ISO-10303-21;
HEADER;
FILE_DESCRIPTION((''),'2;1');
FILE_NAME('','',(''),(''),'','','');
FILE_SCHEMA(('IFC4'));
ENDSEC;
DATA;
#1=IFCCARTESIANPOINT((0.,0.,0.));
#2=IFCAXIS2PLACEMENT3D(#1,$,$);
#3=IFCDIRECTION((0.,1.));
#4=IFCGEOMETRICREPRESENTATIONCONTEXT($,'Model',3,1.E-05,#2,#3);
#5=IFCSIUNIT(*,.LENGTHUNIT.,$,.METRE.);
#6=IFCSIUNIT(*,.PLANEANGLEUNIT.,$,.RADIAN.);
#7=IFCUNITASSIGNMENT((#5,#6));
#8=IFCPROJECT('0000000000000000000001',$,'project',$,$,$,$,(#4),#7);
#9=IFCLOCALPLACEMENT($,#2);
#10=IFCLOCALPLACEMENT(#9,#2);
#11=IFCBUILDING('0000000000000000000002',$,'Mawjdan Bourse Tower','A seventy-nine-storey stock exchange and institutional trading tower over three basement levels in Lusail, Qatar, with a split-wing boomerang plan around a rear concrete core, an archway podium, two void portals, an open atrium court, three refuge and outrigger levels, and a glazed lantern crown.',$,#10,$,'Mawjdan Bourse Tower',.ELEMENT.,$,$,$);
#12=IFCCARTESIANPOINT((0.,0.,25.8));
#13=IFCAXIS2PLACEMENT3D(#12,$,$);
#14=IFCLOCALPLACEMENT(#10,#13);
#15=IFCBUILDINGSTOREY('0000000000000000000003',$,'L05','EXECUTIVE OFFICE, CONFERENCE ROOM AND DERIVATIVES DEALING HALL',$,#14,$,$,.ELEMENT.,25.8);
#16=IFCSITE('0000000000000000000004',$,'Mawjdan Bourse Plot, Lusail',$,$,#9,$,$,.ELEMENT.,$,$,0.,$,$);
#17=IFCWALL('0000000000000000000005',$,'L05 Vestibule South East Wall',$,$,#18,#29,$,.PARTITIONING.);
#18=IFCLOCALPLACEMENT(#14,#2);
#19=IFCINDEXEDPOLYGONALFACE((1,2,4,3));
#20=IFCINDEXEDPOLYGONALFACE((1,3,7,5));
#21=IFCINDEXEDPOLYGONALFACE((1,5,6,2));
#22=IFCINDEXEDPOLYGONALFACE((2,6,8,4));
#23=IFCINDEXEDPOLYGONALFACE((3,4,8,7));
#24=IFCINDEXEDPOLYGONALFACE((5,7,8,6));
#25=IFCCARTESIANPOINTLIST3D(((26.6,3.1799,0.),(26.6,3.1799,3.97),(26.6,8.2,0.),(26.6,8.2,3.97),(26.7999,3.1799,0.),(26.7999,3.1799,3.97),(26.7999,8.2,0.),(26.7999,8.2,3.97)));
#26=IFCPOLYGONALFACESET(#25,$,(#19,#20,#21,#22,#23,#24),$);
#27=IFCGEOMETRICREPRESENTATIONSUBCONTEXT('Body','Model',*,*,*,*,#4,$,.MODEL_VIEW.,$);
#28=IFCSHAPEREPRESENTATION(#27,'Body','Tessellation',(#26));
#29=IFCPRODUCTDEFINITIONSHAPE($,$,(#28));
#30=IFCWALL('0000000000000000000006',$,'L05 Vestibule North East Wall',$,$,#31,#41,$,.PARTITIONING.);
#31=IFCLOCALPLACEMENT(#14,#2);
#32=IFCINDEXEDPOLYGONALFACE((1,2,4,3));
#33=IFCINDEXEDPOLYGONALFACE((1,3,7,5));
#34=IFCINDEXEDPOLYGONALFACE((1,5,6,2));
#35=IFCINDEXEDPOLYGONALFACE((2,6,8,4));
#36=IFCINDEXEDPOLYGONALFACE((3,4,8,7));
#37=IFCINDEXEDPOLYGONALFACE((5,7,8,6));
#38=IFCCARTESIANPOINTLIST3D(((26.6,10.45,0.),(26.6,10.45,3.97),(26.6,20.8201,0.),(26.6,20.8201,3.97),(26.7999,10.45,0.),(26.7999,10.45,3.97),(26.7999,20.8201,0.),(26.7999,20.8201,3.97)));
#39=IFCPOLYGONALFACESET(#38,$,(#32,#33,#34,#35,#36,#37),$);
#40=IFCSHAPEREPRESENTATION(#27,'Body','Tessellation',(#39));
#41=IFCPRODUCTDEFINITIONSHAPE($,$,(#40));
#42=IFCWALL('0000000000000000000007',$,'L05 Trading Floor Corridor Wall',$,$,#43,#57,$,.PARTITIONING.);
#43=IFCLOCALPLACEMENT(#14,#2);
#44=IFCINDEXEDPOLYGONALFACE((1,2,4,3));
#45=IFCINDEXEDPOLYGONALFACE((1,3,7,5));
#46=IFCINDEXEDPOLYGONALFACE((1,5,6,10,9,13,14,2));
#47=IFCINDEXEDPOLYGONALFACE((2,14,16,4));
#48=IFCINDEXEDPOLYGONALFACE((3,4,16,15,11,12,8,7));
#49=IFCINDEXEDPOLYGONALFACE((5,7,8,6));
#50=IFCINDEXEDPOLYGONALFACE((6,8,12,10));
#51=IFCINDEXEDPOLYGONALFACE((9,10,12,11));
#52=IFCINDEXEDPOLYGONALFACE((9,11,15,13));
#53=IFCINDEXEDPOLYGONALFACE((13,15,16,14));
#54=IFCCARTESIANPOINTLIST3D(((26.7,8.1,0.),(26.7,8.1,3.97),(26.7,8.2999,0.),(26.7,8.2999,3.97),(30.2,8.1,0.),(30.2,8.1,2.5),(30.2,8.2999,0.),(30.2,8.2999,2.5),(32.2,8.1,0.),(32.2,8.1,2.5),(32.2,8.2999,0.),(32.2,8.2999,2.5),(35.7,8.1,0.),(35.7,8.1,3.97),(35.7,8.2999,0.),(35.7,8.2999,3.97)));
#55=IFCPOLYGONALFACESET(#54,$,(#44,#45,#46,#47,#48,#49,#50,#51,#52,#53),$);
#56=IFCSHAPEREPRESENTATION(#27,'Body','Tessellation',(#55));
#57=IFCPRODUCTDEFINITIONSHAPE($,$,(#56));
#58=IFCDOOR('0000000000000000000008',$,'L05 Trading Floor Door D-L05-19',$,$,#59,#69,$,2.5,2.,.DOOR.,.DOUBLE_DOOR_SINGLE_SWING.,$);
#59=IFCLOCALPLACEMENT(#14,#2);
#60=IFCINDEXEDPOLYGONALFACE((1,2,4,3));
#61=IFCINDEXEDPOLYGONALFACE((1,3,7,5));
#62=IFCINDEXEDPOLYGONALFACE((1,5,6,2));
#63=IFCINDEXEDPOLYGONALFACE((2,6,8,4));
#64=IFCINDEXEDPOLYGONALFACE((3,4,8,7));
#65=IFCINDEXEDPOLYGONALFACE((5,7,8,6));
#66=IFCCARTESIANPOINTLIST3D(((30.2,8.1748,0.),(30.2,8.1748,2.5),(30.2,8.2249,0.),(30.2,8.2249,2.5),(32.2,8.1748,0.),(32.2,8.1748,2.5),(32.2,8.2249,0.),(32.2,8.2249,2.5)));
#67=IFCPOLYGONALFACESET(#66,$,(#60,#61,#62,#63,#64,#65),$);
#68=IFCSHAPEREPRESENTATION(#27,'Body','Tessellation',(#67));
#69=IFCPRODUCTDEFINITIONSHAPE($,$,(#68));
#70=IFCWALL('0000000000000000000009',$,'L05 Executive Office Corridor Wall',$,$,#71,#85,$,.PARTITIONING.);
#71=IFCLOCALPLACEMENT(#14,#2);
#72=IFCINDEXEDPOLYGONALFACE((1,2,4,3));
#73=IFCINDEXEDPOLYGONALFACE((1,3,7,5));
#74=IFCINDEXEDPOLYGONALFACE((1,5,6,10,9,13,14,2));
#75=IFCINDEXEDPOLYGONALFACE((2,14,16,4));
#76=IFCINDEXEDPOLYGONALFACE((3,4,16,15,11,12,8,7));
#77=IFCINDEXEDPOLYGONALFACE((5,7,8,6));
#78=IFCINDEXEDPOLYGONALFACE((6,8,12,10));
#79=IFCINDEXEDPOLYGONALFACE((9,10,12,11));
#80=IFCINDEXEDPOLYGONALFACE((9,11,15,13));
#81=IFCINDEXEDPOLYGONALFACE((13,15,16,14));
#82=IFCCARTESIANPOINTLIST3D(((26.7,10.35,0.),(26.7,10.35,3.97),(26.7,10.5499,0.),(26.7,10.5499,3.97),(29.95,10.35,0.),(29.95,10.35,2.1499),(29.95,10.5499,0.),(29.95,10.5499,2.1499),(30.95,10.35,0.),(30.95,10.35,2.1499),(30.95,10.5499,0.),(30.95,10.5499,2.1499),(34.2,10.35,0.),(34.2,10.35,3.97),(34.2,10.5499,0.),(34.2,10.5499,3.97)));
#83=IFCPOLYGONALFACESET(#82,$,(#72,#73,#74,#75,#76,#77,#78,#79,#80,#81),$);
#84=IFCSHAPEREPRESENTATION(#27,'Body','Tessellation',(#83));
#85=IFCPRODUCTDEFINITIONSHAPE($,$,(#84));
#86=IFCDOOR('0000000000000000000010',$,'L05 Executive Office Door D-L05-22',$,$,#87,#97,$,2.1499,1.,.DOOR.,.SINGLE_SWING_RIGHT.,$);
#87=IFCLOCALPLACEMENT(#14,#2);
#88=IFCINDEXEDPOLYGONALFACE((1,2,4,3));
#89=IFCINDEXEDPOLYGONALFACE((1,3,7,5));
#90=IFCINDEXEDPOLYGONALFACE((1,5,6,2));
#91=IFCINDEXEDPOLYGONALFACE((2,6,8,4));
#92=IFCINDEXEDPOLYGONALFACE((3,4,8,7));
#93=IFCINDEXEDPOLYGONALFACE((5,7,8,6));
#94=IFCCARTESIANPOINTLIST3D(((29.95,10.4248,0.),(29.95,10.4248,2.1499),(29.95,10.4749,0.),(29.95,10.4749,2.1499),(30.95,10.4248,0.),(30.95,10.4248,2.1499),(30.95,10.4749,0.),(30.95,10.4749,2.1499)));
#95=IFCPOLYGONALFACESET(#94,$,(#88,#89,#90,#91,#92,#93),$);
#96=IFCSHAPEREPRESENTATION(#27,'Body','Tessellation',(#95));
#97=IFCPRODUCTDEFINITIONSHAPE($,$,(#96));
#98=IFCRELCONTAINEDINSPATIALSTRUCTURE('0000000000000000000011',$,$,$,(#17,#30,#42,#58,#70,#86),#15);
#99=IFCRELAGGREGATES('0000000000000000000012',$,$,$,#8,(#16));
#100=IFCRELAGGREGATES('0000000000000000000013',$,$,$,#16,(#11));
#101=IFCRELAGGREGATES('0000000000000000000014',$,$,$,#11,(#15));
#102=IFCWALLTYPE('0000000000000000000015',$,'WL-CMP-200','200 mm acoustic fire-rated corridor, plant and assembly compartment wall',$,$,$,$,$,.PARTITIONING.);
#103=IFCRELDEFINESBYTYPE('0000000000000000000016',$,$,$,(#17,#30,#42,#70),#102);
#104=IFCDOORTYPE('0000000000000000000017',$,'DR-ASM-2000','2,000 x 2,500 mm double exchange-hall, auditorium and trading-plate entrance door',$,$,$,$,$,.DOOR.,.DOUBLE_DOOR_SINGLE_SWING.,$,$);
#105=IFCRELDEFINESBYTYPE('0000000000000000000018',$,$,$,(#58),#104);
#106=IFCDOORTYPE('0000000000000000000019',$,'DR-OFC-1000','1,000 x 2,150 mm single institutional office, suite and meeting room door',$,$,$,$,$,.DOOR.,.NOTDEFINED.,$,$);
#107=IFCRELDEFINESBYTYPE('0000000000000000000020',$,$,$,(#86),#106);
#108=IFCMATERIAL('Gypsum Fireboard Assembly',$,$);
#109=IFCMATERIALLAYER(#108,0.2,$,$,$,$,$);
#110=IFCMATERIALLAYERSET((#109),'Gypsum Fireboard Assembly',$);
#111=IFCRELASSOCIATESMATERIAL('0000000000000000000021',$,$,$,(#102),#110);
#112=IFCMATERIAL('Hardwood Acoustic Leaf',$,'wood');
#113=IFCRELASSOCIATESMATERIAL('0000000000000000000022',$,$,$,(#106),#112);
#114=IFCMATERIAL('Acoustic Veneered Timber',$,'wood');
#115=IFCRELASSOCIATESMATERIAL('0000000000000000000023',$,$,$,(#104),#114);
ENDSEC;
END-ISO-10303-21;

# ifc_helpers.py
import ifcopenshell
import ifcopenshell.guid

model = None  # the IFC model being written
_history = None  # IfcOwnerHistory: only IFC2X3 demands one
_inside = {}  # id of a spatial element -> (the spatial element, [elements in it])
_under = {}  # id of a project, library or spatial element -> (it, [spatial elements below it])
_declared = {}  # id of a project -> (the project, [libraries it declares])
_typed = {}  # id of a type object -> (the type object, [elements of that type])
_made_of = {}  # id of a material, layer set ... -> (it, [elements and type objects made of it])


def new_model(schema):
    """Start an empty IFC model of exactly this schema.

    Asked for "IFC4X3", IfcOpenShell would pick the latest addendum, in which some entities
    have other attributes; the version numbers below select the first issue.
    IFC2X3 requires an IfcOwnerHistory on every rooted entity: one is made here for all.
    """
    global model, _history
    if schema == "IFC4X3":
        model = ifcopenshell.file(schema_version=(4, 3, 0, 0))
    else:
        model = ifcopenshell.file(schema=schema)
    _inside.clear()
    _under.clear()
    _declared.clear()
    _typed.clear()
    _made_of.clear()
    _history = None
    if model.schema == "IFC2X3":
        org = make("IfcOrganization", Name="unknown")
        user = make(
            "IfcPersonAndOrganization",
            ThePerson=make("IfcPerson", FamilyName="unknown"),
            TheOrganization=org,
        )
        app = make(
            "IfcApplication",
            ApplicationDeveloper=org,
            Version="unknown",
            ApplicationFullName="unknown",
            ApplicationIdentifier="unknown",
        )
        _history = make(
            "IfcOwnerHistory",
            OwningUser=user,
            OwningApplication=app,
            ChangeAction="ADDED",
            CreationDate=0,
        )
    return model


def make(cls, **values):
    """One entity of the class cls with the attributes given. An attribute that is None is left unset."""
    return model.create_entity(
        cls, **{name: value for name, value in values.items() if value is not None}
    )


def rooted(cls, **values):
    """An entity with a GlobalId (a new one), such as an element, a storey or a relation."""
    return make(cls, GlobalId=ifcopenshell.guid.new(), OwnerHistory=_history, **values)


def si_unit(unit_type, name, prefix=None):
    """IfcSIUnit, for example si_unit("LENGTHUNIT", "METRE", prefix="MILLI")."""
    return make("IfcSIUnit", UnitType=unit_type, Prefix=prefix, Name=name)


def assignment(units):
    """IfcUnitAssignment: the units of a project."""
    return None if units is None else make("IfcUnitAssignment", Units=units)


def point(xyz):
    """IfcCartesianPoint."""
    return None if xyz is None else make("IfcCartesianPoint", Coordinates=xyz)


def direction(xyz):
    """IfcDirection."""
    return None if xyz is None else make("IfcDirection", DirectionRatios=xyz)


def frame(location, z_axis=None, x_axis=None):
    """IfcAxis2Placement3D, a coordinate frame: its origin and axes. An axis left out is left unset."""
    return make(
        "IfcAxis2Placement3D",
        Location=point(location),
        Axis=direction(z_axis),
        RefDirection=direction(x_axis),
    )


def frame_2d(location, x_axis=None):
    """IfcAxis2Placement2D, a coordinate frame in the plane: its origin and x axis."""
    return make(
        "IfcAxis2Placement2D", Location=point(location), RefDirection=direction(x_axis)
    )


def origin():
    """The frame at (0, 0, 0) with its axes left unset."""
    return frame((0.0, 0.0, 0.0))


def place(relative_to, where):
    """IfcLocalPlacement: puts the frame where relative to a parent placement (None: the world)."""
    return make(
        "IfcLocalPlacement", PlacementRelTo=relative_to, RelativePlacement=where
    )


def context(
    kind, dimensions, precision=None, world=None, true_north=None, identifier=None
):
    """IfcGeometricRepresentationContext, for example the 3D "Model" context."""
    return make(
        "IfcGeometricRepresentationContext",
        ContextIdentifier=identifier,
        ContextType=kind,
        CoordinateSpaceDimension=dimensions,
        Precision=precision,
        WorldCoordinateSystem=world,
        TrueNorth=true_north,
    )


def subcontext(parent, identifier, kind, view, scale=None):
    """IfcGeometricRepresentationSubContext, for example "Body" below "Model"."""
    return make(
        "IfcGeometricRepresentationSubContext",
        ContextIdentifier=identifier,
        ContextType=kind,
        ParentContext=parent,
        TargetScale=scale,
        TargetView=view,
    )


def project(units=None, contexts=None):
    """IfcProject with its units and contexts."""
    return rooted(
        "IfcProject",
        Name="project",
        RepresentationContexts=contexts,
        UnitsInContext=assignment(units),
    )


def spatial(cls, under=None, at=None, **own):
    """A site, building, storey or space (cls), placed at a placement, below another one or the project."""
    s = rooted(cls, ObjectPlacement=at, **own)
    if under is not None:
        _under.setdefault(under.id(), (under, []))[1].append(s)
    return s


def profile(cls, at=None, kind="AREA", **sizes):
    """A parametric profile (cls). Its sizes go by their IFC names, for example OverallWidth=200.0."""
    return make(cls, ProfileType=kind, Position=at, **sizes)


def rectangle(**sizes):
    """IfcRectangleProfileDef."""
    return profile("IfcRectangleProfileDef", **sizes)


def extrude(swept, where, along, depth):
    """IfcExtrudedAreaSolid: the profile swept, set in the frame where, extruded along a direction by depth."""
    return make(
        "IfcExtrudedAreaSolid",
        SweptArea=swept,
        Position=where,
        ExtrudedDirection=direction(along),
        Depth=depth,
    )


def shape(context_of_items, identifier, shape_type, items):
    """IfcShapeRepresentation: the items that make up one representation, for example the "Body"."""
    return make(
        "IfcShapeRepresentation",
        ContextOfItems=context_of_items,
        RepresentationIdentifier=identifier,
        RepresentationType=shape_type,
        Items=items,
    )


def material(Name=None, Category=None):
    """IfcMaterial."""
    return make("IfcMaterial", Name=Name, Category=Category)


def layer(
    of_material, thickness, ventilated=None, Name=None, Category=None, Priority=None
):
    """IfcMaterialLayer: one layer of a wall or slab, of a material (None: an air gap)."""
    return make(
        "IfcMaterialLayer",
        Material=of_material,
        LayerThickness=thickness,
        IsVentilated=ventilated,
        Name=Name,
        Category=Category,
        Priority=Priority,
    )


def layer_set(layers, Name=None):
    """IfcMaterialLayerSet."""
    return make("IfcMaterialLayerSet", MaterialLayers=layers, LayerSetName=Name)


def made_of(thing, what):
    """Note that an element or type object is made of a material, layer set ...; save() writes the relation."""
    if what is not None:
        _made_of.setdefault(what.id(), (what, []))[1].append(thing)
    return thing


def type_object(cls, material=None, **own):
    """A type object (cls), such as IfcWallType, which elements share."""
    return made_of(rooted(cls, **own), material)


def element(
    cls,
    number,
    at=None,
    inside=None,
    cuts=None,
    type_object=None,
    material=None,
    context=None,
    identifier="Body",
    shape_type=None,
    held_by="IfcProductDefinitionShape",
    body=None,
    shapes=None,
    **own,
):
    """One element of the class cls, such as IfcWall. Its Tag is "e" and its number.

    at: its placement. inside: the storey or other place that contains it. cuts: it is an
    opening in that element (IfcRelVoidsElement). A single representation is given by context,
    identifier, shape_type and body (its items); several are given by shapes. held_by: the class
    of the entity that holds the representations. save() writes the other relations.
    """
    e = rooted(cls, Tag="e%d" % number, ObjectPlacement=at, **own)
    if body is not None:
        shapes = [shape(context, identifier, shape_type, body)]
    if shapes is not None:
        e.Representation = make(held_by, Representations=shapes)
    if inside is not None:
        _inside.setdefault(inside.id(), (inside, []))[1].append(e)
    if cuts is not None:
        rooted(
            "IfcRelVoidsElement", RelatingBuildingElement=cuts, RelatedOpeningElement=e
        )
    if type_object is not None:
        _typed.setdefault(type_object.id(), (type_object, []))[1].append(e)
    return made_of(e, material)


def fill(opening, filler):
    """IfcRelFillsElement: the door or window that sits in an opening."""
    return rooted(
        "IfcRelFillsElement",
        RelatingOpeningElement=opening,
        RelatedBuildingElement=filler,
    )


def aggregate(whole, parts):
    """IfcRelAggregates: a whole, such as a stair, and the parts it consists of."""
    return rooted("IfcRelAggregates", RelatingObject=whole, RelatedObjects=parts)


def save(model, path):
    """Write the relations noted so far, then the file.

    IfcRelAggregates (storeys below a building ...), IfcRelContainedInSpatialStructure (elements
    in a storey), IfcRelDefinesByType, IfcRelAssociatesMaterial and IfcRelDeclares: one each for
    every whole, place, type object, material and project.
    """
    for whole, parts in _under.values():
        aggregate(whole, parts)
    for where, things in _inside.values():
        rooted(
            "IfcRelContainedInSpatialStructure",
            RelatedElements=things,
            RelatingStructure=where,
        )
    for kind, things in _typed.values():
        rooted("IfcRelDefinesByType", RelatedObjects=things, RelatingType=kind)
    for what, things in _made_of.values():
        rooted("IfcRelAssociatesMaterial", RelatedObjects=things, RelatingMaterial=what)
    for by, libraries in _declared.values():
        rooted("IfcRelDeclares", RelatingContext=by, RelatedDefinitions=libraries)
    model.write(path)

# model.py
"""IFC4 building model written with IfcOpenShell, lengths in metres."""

from ifc_helpers import new_model, si_unit, direction, frame, frame_2d, origin, place, context, subcontext, project, spatial, rectangle, extrude, material, layer, layer_set, type_object, element, fill, save


model = new_model("IFC4")

# Units and contexts
model_context = context("Model", 3, precision=1e-05, world=origin(), true_north=direction((0.0, 1.0)))
body_context = subcontext(model_context, "Body", "Model", "MODEL_VIEW")
ifc_project = project(units=[si_unit("LENGTHUNIT", "METRE"), si_unit("PLANEANGLEUNIT", "RADIAN")], contexts=[model_context])

# Site, building, storey
site_placement = place(None, origin())
site = spatial("IfcSite", under=ifc_project, at=site_placement, Name="Mawjdan Bourse Plot, Lusail", CompositionType="ELEMENT", RefElevation=0.0)
building_placement = place(site_placement, origin())
building = spatial("IfcBuilding", under=site, at=building_placement, Name="Mawjdan Bourse Tower", Description="A seventy-nine-storey stock exchange and institutional trading tower over three basement levels in Lusail, Qatar, with a split-wing boomerang plan around a rear concrete core, an archway podium, two void portals, an open atrium court, three refuge and outrigger levels, and a glazed lantern crown.", LongName="Mawjdan Bourse Tower", CompositionType="ELEMENT")
storey_placement = place(building_placement, frame((0.0, 0.0, 25.8)))
storey = spatial("IfcBuildingStorey", under=building, at=storey_placement, Name="L05", Description="EXECUTIVE OFFICE, CONFERENCE ROOM AND DERIVATIVES DEALING HALL", CompositionType="ELEMENT", Elevation=25.8)

# Shared definitions
ifc_material_1 = material(Name="Gypsum Fireboard Assembly")
ifc_layer_1 = layer(ifc_material_1, 0.2)
ifc_layer_set_1 = layer_set([ifc_layer_1], Name="Gypsum Fireboard Assembly")
wall_type_1 = type_object("IfcWallType", Name="WL-CMP-200", Description="200 mm acoustic fire-rated corridor, plant and assembly compartment wall", PredefinedType="PARTITIONING", material=ifc_layer_set_1)
ifc_material_2 = material(Name="Hardwood Acoustic Leaf", Category="wood")
door_type_1 = type_object("IfcDoorType", Name="DR-OFC-1000", Description="1,000 x 2,150 mm single institutional office, suite and meeting room door", OperationType="NOTDEFINED", PredefinedType="DOOR", material=ifc_material_2)

# Walls
wall_1_placement = place(storey_placement, frame((26.7, 3.1799, 0.0), z_axis=(0.0, 0.0, 1.0), x_axis=(0.0, 1.0, 0.0)))
element("IfcWall", 1, at=wall_1_placement, inside=storey, type_object=wall_type_1, Name="L05 Vestibule South East Wall", PredefinedType="PARTITIONING", context=body_context, shape_type="SweptSolid", body=[
    extrude(rectangle(XDim=5.02, YDim=0.2, at=frame_2d((2.51, 0.0))), origin(), (0.0, 0.0, 1.0), 3.97),
])
wall_2_placement = place(storey_placement, frame((26.7, 10.45, 0.0), z_axis=(0.0, 0.0, 1.0), x_axis=(0.0, 1.0, 0.0)))
element("IfcWall", 2, at=wall_2_placement, inside=storey, type_object=wall_type_1, Name="L05 Vestibule North East Wall", PredefinedType="PARTITIONING", context=body_context, shape_type="SweptSolid", body=[
    extrude(rectangle(XDim=10.3701, YDim=0.2, at=frame_2d((5.1851, 0.0))), origin(), (0.0, 0.0, 1.0), 3.97),
])

# Walls, openings, doors
wall_3_placement = place(storey_placement, frame((26.7, 8.2, 0.0), z_axis=(0.0, 0.0, 1.0), x_axis=(1.0, 0.0, 0.0)))
wall_3 = element("IfcWall", 3, at=wall_3_placement, inside=storey, type_object=wall_type_1, Name="L05 Trading Floor Corridor Wall", PredefinedType="PARTITIONING", context=body_context, shape_type="SweptSolid", body=[
    extrude(rectangle(XDim=9.0, YDim=0.2, at=frame_2d((4.5, 0.0))), origin(), (0.0, 0.0, 1.0), 3.97),
])
opening_1_placement = place(wall_3_placement, frame((3.5, 0.0, 0.0)))
opening_1 = element("IfcOpeningElement", 4, at=opening_1_placement, cuts=wall_3, PredefinedType="OPENING", context=body_context, shape_type="SweptSolid", body=[
    extrude(rectangle(XDim=2.0, YDim=2.5, at=frame_2d((1.0, 1.25))), frame((0.0, 0.1099, 0.0), z_axis=(0.0, -1.0, 0.0), x_axis=(1.0, 0.0, 0.0)), (0.0, 0.0, 1.0), 0.22),
])
ifc_material_3 = material(Name="Acoustic Veneered Timber", Category="wood")
door_type_2 = type_object("IfcDoorType", Name="DR-ASM-2000", Description="2,000 x 2,500 mm double exchange-hall, auditorium and trading-plate entrance door", OperationType="DOUBLE_DOOR_SINGLE_SWING", PredefinedType="DOOR", material=ifc_material_3)
door_1_placement = place(opening_1_placement, origin())
door_1 = element("IfcDoor", 5, at=door_1_placement, inside=storey, type_object=door_type_2, Name="L05 Trading Floor Door D-L05-19", OperationType="DOUBLE_DOOR_SINGLE_SWING", OverallHeight=2.5, OverallWidth=2.0, PredefinedType="DOOR", context=body_context, shape_type="SweptSolid", body=[
    extrude(rectangle(XDim=2.0, YDim=2.5, at=frame_2d((1.0, 1.25))), frame((0.0, 0.0249, 0.0), z_axis=(0.0, -1.0, 0.0), x_axis=(1.0, 0.0, 0.0)), (0.0, 0.0, 1.0), 0.05),
])
fill(opening_1, door_1)
wall_4_placement = place(storey_placement, frame((26.7, 10.45, 0.0), z_axis=(0.0, 0.0, 1.0), x_axis=(1.0, 0.0, 0.0)))
wall_4 = element("IfcWall", 6, at=wall_4_placement, inside=storey, type_object=wall_type_1, Name="L05 Executive Office Corridor Wall", PredefinedType="PARTITIONING", context=body_context, shape_type="SweptSolid", body=[
    extrude(rectangle(XDim=7.5, YDim=0.2, at=frame_2d((3.75, 0.0))), origin(), (0.0, 0.0, 1.0), 3.97),
])
opening_2_placement = place(wall_4_placement, frame((3.25, 0.0, 0.0)))
opening_2 = element("IfcOpeningElement", 7, at=opening_2_placement, cuts=wall_4, PredefinedType="OPENING", context=body_context, shape_type="SweptSolid", body=[
    extrude(rectangle(XDim=1.0, YDim=2.1499, at=frame_2d((0.5, 1.075))), frame((0.0, 0.1099, 0.0), z_axis=(0.0, -1.0, 0.0), x_axis=(1.0, 0.0, 0.0)), (0.0, 0.0, 1.0), 0.22),
])
door_2_placement = place(opening_2_placement, origin())
door_2 = element("IfcDoor", 8, at=door_2_placement, inside=storey, type_object=door_type_1, Name="L05 Executive Office Door D-L05-22", OperationType="SINGLE_SWING_RIGHT", OverallHeight=2.1499, OverallWidth=1.0, PredefinedType="DOOR", context=body_context, shape_type="SweptSolid", body=[
    extrude(rectangle(XDim=1.0, YDim=2.1499, at=frame_2d((0.5, 1.075))), frame((0.0, 0.0249, 0.0), z_axis=(0.0, -1.0, 0.0), x_axis=(1.0, 0.0, 0.0)), (0.0, 0.0, 1.0), 0.05),
])
fill(opening_2, door_2)

save(model, "model.ifc")
